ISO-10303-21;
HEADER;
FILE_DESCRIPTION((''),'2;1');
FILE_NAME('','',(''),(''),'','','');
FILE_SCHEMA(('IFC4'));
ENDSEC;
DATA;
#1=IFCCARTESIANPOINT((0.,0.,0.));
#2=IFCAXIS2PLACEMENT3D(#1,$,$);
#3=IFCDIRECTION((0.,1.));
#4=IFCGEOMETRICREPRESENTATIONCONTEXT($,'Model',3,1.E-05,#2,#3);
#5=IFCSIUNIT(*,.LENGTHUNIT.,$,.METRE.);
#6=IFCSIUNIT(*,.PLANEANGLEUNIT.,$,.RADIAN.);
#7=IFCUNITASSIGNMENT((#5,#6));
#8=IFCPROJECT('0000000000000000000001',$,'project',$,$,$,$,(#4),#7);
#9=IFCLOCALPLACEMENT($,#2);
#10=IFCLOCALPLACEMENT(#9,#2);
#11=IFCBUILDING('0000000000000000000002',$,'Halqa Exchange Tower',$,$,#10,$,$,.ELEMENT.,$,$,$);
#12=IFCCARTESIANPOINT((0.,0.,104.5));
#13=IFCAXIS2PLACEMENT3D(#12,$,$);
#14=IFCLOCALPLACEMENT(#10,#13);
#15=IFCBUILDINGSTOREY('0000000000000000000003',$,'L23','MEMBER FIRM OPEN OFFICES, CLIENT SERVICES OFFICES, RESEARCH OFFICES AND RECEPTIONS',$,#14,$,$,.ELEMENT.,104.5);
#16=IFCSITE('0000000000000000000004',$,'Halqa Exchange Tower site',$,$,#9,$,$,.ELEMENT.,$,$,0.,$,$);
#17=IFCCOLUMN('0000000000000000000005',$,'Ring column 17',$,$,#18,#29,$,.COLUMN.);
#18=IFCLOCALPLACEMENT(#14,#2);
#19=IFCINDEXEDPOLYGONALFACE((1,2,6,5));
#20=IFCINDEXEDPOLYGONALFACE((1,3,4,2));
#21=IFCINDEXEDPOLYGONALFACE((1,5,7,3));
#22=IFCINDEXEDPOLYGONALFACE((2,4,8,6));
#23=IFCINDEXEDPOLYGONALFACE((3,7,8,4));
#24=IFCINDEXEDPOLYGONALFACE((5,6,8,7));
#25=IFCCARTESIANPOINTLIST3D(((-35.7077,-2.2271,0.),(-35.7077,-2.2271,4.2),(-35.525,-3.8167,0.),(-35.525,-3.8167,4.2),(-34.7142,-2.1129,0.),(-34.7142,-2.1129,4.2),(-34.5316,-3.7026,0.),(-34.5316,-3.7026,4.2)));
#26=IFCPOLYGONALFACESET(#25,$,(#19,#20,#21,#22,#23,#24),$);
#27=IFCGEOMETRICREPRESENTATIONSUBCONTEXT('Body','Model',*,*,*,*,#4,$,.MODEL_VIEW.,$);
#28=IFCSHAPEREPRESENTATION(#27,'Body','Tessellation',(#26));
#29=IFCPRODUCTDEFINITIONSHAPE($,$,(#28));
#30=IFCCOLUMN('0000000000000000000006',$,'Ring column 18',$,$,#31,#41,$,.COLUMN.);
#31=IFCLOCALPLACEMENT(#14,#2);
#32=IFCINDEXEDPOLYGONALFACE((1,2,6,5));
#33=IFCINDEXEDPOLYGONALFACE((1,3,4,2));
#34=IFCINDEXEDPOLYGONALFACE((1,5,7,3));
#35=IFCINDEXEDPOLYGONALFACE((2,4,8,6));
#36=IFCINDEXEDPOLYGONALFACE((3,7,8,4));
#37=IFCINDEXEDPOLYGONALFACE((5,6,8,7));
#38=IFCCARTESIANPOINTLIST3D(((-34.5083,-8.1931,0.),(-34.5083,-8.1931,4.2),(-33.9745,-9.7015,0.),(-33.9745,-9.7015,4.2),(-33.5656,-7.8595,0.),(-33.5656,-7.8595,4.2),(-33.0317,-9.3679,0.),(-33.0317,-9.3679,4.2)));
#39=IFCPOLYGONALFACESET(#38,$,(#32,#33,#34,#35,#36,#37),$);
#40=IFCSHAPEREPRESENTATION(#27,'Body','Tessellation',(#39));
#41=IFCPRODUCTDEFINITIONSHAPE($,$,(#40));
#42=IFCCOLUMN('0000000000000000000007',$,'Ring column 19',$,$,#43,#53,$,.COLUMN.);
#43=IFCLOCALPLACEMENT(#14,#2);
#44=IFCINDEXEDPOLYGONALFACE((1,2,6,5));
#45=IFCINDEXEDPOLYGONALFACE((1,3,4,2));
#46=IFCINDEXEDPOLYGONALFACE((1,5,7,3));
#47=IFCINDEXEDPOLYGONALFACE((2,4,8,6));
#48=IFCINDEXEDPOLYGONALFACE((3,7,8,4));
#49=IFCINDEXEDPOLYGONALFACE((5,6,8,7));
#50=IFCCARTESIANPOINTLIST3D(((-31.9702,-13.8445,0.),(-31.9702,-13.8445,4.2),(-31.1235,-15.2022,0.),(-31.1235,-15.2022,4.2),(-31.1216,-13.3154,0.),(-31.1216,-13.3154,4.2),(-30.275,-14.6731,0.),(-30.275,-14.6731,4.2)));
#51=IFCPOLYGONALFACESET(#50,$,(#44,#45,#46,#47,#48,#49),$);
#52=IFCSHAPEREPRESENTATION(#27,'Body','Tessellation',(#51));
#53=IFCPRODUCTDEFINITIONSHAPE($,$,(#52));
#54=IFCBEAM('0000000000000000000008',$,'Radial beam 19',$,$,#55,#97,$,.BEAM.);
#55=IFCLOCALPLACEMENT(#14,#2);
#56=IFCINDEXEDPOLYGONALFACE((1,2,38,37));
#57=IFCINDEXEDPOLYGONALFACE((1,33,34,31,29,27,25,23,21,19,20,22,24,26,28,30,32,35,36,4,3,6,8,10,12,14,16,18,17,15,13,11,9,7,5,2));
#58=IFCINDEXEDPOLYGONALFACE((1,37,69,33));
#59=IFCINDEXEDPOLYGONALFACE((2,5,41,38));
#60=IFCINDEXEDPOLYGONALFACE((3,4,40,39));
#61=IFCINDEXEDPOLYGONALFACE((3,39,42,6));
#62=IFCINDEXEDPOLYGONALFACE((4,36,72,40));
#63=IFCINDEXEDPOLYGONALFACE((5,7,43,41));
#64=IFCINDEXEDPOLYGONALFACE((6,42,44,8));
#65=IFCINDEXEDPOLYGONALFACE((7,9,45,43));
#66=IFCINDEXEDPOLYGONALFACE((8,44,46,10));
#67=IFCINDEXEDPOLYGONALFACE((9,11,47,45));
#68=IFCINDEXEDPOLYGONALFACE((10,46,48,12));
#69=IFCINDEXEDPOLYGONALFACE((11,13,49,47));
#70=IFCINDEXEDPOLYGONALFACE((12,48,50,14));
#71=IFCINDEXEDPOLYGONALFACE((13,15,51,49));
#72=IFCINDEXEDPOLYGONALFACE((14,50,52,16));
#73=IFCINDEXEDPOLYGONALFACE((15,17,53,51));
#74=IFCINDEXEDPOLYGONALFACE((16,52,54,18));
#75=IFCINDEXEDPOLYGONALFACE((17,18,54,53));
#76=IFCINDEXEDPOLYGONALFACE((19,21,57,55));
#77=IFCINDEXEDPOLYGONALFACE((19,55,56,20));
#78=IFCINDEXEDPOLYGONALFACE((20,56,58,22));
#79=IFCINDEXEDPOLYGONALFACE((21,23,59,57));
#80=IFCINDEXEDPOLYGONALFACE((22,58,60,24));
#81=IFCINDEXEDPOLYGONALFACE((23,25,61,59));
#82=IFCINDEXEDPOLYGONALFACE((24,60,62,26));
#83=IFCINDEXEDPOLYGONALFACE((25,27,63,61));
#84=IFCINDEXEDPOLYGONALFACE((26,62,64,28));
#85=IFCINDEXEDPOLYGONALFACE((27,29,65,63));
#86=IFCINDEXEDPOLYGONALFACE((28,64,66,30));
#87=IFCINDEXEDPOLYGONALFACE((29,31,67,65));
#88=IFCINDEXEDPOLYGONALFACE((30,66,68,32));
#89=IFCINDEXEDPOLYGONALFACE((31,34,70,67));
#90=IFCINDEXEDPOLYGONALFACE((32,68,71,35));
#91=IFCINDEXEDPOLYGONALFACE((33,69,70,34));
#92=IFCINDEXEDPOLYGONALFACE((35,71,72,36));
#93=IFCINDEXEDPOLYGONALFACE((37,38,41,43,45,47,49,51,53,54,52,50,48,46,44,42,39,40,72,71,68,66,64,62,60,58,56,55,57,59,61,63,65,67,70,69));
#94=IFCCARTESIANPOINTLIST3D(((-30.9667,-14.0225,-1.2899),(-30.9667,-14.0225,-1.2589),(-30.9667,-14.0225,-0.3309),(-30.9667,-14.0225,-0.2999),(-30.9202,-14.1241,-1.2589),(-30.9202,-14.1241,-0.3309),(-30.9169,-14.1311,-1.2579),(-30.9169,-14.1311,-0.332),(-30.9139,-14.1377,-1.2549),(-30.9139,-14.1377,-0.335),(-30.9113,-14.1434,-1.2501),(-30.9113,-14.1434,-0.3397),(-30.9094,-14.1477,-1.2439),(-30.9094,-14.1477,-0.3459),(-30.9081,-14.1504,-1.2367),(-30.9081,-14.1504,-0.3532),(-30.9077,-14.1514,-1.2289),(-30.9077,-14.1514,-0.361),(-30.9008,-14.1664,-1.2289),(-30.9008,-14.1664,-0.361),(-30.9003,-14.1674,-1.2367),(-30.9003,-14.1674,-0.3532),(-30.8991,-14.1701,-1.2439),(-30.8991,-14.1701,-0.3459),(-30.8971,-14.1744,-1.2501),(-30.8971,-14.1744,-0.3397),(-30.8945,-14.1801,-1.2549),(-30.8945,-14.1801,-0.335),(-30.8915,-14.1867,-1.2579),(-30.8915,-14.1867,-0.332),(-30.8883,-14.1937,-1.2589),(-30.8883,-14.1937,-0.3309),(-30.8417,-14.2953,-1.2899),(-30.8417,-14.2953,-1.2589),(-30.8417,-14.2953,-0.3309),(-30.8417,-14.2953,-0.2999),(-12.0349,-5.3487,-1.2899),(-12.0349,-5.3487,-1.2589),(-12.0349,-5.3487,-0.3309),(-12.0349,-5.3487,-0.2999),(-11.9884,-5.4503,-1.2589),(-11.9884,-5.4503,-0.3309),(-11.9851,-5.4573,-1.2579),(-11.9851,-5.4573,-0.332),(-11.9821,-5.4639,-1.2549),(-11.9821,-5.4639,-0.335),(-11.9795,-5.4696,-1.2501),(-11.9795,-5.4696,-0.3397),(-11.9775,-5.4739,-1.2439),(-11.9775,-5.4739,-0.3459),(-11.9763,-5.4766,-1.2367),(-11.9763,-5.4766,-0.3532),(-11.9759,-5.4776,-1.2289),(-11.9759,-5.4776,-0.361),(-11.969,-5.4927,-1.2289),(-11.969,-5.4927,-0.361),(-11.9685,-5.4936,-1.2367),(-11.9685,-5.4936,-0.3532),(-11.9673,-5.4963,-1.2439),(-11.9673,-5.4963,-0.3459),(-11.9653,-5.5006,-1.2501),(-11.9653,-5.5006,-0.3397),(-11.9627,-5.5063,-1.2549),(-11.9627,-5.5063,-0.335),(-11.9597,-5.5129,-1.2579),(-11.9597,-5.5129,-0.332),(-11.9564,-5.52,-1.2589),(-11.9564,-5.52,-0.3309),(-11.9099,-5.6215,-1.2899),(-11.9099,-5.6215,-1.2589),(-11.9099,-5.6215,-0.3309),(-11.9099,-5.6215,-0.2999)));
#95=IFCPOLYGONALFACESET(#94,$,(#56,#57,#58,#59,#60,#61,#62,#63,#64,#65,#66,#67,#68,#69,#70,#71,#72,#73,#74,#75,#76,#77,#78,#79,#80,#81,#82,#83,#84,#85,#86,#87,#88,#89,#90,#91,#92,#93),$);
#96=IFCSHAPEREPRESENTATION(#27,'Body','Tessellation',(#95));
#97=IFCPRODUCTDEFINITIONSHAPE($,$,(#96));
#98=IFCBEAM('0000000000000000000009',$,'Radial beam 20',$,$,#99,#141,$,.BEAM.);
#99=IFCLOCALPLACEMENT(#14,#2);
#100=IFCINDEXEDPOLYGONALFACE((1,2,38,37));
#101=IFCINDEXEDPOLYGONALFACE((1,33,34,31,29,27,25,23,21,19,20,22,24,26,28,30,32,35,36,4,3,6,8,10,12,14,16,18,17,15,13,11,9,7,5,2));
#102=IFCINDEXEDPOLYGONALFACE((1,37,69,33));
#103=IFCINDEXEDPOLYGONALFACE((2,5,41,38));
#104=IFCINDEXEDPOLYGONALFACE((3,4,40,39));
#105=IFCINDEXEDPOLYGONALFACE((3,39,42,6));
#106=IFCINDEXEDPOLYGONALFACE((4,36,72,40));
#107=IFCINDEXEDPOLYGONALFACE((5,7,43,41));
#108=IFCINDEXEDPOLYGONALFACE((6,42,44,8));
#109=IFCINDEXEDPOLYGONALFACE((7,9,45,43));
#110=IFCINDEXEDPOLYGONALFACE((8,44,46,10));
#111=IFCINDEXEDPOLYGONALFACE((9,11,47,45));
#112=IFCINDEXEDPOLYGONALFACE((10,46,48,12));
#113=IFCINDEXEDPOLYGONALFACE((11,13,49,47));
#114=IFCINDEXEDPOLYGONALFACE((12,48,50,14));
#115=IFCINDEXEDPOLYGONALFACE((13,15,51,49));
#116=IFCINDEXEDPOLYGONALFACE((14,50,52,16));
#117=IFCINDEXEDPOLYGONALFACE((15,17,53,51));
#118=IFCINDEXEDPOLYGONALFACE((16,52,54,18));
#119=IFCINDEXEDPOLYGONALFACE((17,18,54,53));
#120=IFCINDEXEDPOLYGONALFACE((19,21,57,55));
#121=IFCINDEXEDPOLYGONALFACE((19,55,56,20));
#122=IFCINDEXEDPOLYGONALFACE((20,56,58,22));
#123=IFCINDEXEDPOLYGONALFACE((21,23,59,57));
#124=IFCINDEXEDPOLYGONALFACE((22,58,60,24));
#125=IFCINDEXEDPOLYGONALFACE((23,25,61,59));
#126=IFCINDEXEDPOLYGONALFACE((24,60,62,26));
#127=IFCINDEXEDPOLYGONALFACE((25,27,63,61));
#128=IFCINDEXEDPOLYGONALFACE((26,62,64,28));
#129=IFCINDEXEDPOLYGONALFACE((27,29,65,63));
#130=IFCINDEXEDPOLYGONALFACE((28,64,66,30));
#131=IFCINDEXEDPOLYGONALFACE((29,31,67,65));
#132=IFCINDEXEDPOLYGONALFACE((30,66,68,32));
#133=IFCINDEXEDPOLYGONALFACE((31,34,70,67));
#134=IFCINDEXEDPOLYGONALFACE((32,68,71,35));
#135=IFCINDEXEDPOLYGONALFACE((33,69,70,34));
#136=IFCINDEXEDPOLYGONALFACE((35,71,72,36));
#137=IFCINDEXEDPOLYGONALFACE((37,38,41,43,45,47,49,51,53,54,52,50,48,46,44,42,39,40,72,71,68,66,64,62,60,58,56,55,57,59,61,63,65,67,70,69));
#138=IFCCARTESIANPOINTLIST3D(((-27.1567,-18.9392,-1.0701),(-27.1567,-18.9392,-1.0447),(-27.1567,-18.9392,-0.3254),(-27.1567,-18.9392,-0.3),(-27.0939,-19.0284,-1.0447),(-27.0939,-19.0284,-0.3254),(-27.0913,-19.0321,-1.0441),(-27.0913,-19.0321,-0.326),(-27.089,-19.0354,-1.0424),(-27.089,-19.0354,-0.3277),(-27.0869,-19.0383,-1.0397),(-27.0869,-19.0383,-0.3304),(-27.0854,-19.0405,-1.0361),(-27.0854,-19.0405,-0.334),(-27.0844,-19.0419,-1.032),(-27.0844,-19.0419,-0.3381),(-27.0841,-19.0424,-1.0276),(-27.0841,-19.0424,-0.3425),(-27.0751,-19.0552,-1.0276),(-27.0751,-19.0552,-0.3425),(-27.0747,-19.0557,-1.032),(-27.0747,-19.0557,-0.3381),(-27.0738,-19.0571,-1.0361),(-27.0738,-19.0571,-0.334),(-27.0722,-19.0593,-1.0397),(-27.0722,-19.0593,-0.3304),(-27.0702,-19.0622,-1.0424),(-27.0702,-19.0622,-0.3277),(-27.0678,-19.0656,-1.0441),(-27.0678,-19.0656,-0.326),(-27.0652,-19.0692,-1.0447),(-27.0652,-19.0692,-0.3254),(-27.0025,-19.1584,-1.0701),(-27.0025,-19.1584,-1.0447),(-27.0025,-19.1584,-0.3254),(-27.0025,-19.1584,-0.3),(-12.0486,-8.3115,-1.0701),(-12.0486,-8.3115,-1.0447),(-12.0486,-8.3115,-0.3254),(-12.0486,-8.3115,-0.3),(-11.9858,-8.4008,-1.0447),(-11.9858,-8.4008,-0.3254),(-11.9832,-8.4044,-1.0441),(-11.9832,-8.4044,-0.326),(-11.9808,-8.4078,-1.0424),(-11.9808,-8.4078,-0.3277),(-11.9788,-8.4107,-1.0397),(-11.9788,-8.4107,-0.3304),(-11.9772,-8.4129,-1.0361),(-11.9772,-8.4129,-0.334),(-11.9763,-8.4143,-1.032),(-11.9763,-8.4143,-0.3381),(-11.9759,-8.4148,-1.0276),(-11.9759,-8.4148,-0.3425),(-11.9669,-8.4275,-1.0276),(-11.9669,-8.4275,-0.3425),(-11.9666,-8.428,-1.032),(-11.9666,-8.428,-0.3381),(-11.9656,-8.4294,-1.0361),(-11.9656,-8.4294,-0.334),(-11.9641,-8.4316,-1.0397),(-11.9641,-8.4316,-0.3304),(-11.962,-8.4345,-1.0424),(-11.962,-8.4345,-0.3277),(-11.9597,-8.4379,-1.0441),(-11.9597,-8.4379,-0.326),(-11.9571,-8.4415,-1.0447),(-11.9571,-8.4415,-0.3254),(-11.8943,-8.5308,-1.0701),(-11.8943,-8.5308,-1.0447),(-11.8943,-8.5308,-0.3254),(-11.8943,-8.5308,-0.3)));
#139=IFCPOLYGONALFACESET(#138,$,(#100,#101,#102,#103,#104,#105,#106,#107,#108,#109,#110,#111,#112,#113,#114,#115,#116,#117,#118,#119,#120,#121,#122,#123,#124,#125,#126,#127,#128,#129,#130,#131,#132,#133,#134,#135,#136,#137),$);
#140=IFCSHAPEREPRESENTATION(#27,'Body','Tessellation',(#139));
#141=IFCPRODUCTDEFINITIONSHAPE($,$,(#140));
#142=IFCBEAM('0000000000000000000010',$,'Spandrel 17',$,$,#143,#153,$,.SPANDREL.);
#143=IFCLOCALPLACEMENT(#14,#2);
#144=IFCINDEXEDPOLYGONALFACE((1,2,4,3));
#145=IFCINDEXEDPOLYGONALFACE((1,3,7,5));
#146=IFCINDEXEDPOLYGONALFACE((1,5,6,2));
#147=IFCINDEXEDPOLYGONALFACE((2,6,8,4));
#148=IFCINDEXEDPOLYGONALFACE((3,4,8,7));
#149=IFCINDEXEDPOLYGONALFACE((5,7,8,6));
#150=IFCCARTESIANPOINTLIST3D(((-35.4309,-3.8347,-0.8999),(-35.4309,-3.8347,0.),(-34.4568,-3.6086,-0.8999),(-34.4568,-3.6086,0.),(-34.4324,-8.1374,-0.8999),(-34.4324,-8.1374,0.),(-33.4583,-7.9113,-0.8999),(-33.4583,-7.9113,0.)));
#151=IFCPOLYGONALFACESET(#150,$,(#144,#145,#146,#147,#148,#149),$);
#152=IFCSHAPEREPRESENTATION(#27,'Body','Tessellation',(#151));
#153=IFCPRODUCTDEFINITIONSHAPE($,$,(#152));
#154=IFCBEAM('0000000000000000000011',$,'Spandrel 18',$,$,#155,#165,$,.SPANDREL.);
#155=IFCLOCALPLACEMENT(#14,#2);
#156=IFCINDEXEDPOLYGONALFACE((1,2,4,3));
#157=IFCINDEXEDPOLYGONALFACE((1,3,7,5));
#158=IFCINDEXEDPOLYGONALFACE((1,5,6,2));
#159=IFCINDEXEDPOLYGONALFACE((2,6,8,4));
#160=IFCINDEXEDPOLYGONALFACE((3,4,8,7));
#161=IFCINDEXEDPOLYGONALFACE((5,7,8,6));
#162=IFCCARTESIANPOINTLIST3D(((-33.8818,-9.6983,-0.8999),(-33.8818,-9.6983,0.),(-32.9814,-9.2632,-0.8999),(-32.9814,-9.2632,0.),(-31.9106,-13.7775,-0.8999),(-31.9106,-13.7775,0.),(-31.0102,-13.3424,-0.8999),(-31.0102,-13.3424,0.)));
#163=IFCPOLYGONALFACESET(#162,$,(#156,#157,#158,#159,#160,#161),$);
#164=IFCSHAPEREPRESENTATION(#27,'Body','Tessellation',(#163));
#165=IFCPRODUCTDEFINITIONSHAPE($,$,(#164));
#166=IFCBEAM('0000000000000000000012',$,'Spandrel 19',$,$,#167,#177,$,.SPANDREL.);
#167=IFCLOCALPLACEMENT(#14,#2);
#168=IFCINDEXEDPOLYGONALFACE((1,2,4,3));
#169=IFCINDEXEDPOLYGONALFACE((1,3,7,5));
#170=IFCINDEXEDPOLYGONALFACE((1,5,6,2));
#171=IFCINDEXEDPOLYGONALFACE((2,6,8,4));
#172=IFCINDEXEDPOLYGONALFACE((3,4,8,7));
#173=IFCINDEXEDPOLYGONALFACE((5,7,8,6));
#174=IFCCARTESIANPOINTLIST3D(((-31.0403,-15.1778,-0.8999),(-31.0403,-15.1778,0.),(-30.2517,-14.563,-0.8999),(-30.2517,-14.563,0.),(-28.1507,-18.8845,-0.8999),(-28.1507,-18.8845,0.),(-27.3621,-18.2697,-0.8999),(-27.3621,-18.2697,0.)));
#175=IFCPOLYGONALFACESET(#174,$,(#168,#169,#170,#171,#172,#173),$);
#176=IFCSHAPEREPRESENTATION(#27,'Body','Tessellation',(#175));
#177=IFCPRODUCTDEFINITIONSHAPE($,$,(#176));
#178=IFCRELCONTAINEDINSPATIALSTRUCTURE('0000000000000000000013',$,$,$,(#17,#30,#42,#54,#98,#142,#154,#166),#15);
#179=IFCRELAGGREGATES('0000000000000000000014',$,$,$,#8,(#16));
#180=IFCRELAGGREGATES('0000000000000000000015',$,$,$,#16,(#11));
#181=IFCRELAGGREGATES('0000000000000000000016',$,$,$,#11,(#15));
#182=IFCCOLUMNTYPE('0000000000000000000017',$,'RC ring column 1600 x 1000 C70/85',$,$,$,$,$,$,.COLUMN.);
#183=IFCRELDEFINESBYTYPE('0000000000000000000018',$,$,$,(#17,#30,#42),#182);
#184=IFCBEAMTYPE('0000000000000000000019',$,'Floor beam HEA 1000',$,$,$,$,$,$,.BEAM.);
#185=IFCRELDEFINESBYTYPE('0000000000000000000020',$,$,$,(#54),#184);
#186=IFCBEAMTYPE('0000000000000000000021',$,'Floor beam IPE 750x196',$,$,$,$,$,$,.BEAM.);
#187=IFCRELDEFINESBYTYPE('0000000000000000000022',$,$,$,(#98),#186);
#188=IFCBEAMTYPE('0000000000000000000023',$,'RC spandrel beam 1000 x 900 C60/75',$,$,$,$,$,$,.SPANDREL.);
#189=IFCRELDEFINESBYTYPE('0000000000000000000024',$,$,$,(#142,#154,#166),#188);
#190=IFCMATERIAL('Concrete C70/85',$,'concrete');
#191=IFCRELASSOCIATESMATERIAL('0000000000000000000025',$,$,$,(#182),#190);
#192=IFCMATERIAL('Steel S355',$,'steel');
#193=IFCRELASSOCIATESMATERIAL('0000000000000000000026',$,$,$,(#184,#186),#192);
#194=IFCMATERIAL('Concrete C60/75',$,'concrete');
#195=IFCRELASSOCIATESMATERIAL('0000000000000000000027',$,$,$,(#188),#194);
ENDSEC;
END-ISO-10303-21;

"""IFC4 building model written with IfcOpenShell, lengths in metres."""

from ifc_helpers import new_model, si_unit, direction, frame, origin, origin_2d, place, context, subcontext, project, spatial, rectangle, i_section, extrude, material, material_profile, profile_set, type_object, element, save


model = new_model("IFC4")

# Units and contexts
model_context = context("Model", 3, precision=1e-05, world=origin(), true_north=direction((0.0, 1.0)))
body_context = subcontext(model_context, "Body", "Model", "MODEL_VIEW")
ifc_project = project(units=[si_unit("LENGTHUNIT", "METRE"), si_unit("PLANEANGLEUNIT", "RADIAN")], contexts=[model_context])

# Site, building, storey
site_placement = place(None, origin())
site = spatial("IfcSite", under=ifc_project, at=site_placement, Name="Halqa Exchange Tower site", CompositionType="ELEMENT", RefElevation=0.0)
building_placement = place(site_placement, origin())
building = spatial("IfcBuilding", under=site, at=building_placement, Name="Halqa Exchange Tower", CompositionType="ELEMENT")
storey_placement = place(building_placement, frame((0.0, 0.0, 104.5)))
storey = spatial("IfcBuildingStorey", under=building, at=storey_placement, Name="L23", Description="MEMBER FIRM OPEN OFFICES, CLIENT SERVICES OFFICES, RESEARCH OFFICES AND RECEPTIONS", CompositionType="ELEMENT", Elevation=104.5)

# Columns
ifc_material_1 = material(Name="Concrete C70/85", Category="concrete")
ifc_material_profile_1 = material_profile(ifc_material_1, rectangle(XDim=1.6001, YDim=1.0, at=origin_2d()), Name="1600 x 1000")
ifc_profile_set_1 = profile_set([ifc_material_profile_1], Name="Concrete C70/85")
column_type = type_object("IfcColumnType", Name="RC ring column 1600 x 1000 C70/85", PredefinedType="COLUMN", material=ifc_profile_set_1)
for number, where, z_axis, x_axis, name in (
    (1, (-35.1196, -2.9648, 0.0), (0.0, 0.0, 1.0), (0.114162, -0.993462, 0.0), "Ring column 17"),
    (2, (-33.77, -8.7805, 0.0), (0.0, 0.0, 1.0), (0.333626, -0.942706, 0.0), "Ring column 18"),
    (3, (-31.1226, -14.2588, 0.0), (0.0, 0.0, 1.0), (0.529139, -0.848535, 0.0), "Ring column 19"),
):
    element("IfcColumn", number, at=place(storey_placement, frame(where, z_axis=z_axis, x_axis=x_axis)), inside=storey, type_object=column_type, Name=name, PredefinedType="COLUMN", context=body_context, shape_type="SweptSolid", body=[
        extrude(rectangle(XDim=1.6001, YDim=1.0, at=origin_2d()), origin(), (0.0, 0.0, 1.0), 4.2),
    ])

# Beams
ifc_material_2 = material(Name="Steel S355", Category="steel")
ifc_material_profile_2 = material_profile(ifc_material_2, i_section(OverallWidth=0.3, OverallDepth=0.99, WebThickness=0.0166, FlangeThickness=0.031, FilletRadius=0.03, at=origin_2d()), Name="HEA 1000")
ifc_profile_set_2 = profile_set([ifc_material_profile_2], Name="Steel S355")
beam_type_1 = type_object("IfcBeamType", Name="Floor beam HEA 1000", PredefinedType="BEAM", material=ifc_profile_set_2)
beam_1_placement = place(storey_placement, frame((-11.9724, -5.4851, -0.7949), z_axis=(-0.909125, -0.416524, 0.0), x_axis=(0.416524, -0.909125, 0.0)))
element("IfcBeam", 4, at=beam_1_placement, inside=storey, type_object=beam_type_1, Name="Radial beam 19", PredefinedType="BEAM", context=body_context, shape_type="SweptSolid", body=[
    extrude(i_section(OverallWidth=0.3, OverallDepth=0.99, WebThickness=0.0166, FlangeThickness=0.031, FilletRadius=0.03, at=origin_2d()), origin(), (0.0, 0.0, 1.0), 20.8242),
])
ifc_material_profile_3 = material_profile(ifc_material_2, i_section(OverallWidth=0.2681, OverallDepth=0.77, WebThickness=0.0156, FlangeThickness=0.0254, FilletRadius=0.0171, at=origin_2d()), Name="IPE 750x196")
ifc_profile_set_3 = profile_set([ifc_material_profile_3], Name="Steel S355")
beam_type_2 = type_object("IfcBeamType", Name="Floor beam IPE 750x196", PredefinedType="BEAM", material=ifc_profile_set_3)
beam_2_placement = place(storey_placement, frame((-11.9714, -8.4211, -0.6851), z_axis=(-0.817908, -0.575349, 0.0), x_axis=(0.575349, -0.817908, 0.0)))
element("IfcBeam", 5, at=beam_2_placement, inside=storey, type_object=beam_type_2, Name="Radial beam 20", PredefinedType="BEAM", context=body_context, shape_type="SweptSolid", body=[
    extrude(i_section(OverallWidth=0.2681, OverallDepth=0.77, WebThickness=0.0156, FlangeThickness=0.0254, FilletRadius=0.0171, at=origin_2d()), origin(), (0.0, 0.0, 1.0), 18.4717),
])
ifc_material_3 = material(Name="Concrete C60/75", Category="concrete")
ifc_material_profile_4 = material_profile(ifc_material_3, rectangle(XDim=1.0, YDim=0.8999, at=origin_2d()), Name="1000 x 900")
ifc_profile_set_4 = profile_set([ifc_material_profile_4], Name="Concrete C60/75")
beam_type_3 = type_object("IfcBeamType", Name="RC spandrel beam 1000 x 900 C60/75", PredefinedType="SPANDREL", material=ifc_profile_set_4)
beam_3_placement = place(storey_placement, frame((-34.9438, -3.7217, -0.45), z_axis=(0.226062, -0.974113, 0.0), x_axis=(0.974113, 0.226062, 0.0)))
element("IfcBeam", 6, at=beam_3_placement, inside=storey, type_object=beam_type_3, Name="Spandrel 17", PredefinedType="SPANDREL", context=body_context, shape_type="SweptSolid", body=[
    extrude(rectangle(XDim=1.0, YDim=0.8999, at=origin_2d()), origin(), (0.0, 0.0, 1.0), 4.417),
])
beam_4_placement = place(storey_placement, frame((-33.4316, -9.4807, -0.45), z_axis=(0.435102, -0.900381, 0.0), x_axis=(0.900381, 0.435102, 0.0)))
element("IfcBeam", 7, at=beam_4_placement, inside=storey, type_object=beam_type_3, Name="Spandrel 18", PredefinedType="SPANDREL", context=body_context, shape_type="SweptSolid", body=[
    extrude(rectangle(XDim=1.0, YDim=0.8999, at=origin_2d()), origin(), (0.0, 0.0, 1.0), 4.5305),
])
beam_5_placement = place(storey_placement, frame((-30.646, -14.8704, -0.45), z_axis=(0.614814, -0.788672, 0.0), x_axis=(0.788672, 0.614814, 0.0)))
element("IfcBeam", 8, at=beam_5_placement, inside=storey, type_object=beam_type_3, Name="Spandrel 19", PredefinedType="SPANDREL", context=body_context, shape_type="SweptSolid", body=[
    extrude(rectangle(XDim=1.0, YDim=0.8999, at=origin_2d()), origin(), (0.0, 0.0, 1.0), 4.7),
])

save(model, "model.ifc")
